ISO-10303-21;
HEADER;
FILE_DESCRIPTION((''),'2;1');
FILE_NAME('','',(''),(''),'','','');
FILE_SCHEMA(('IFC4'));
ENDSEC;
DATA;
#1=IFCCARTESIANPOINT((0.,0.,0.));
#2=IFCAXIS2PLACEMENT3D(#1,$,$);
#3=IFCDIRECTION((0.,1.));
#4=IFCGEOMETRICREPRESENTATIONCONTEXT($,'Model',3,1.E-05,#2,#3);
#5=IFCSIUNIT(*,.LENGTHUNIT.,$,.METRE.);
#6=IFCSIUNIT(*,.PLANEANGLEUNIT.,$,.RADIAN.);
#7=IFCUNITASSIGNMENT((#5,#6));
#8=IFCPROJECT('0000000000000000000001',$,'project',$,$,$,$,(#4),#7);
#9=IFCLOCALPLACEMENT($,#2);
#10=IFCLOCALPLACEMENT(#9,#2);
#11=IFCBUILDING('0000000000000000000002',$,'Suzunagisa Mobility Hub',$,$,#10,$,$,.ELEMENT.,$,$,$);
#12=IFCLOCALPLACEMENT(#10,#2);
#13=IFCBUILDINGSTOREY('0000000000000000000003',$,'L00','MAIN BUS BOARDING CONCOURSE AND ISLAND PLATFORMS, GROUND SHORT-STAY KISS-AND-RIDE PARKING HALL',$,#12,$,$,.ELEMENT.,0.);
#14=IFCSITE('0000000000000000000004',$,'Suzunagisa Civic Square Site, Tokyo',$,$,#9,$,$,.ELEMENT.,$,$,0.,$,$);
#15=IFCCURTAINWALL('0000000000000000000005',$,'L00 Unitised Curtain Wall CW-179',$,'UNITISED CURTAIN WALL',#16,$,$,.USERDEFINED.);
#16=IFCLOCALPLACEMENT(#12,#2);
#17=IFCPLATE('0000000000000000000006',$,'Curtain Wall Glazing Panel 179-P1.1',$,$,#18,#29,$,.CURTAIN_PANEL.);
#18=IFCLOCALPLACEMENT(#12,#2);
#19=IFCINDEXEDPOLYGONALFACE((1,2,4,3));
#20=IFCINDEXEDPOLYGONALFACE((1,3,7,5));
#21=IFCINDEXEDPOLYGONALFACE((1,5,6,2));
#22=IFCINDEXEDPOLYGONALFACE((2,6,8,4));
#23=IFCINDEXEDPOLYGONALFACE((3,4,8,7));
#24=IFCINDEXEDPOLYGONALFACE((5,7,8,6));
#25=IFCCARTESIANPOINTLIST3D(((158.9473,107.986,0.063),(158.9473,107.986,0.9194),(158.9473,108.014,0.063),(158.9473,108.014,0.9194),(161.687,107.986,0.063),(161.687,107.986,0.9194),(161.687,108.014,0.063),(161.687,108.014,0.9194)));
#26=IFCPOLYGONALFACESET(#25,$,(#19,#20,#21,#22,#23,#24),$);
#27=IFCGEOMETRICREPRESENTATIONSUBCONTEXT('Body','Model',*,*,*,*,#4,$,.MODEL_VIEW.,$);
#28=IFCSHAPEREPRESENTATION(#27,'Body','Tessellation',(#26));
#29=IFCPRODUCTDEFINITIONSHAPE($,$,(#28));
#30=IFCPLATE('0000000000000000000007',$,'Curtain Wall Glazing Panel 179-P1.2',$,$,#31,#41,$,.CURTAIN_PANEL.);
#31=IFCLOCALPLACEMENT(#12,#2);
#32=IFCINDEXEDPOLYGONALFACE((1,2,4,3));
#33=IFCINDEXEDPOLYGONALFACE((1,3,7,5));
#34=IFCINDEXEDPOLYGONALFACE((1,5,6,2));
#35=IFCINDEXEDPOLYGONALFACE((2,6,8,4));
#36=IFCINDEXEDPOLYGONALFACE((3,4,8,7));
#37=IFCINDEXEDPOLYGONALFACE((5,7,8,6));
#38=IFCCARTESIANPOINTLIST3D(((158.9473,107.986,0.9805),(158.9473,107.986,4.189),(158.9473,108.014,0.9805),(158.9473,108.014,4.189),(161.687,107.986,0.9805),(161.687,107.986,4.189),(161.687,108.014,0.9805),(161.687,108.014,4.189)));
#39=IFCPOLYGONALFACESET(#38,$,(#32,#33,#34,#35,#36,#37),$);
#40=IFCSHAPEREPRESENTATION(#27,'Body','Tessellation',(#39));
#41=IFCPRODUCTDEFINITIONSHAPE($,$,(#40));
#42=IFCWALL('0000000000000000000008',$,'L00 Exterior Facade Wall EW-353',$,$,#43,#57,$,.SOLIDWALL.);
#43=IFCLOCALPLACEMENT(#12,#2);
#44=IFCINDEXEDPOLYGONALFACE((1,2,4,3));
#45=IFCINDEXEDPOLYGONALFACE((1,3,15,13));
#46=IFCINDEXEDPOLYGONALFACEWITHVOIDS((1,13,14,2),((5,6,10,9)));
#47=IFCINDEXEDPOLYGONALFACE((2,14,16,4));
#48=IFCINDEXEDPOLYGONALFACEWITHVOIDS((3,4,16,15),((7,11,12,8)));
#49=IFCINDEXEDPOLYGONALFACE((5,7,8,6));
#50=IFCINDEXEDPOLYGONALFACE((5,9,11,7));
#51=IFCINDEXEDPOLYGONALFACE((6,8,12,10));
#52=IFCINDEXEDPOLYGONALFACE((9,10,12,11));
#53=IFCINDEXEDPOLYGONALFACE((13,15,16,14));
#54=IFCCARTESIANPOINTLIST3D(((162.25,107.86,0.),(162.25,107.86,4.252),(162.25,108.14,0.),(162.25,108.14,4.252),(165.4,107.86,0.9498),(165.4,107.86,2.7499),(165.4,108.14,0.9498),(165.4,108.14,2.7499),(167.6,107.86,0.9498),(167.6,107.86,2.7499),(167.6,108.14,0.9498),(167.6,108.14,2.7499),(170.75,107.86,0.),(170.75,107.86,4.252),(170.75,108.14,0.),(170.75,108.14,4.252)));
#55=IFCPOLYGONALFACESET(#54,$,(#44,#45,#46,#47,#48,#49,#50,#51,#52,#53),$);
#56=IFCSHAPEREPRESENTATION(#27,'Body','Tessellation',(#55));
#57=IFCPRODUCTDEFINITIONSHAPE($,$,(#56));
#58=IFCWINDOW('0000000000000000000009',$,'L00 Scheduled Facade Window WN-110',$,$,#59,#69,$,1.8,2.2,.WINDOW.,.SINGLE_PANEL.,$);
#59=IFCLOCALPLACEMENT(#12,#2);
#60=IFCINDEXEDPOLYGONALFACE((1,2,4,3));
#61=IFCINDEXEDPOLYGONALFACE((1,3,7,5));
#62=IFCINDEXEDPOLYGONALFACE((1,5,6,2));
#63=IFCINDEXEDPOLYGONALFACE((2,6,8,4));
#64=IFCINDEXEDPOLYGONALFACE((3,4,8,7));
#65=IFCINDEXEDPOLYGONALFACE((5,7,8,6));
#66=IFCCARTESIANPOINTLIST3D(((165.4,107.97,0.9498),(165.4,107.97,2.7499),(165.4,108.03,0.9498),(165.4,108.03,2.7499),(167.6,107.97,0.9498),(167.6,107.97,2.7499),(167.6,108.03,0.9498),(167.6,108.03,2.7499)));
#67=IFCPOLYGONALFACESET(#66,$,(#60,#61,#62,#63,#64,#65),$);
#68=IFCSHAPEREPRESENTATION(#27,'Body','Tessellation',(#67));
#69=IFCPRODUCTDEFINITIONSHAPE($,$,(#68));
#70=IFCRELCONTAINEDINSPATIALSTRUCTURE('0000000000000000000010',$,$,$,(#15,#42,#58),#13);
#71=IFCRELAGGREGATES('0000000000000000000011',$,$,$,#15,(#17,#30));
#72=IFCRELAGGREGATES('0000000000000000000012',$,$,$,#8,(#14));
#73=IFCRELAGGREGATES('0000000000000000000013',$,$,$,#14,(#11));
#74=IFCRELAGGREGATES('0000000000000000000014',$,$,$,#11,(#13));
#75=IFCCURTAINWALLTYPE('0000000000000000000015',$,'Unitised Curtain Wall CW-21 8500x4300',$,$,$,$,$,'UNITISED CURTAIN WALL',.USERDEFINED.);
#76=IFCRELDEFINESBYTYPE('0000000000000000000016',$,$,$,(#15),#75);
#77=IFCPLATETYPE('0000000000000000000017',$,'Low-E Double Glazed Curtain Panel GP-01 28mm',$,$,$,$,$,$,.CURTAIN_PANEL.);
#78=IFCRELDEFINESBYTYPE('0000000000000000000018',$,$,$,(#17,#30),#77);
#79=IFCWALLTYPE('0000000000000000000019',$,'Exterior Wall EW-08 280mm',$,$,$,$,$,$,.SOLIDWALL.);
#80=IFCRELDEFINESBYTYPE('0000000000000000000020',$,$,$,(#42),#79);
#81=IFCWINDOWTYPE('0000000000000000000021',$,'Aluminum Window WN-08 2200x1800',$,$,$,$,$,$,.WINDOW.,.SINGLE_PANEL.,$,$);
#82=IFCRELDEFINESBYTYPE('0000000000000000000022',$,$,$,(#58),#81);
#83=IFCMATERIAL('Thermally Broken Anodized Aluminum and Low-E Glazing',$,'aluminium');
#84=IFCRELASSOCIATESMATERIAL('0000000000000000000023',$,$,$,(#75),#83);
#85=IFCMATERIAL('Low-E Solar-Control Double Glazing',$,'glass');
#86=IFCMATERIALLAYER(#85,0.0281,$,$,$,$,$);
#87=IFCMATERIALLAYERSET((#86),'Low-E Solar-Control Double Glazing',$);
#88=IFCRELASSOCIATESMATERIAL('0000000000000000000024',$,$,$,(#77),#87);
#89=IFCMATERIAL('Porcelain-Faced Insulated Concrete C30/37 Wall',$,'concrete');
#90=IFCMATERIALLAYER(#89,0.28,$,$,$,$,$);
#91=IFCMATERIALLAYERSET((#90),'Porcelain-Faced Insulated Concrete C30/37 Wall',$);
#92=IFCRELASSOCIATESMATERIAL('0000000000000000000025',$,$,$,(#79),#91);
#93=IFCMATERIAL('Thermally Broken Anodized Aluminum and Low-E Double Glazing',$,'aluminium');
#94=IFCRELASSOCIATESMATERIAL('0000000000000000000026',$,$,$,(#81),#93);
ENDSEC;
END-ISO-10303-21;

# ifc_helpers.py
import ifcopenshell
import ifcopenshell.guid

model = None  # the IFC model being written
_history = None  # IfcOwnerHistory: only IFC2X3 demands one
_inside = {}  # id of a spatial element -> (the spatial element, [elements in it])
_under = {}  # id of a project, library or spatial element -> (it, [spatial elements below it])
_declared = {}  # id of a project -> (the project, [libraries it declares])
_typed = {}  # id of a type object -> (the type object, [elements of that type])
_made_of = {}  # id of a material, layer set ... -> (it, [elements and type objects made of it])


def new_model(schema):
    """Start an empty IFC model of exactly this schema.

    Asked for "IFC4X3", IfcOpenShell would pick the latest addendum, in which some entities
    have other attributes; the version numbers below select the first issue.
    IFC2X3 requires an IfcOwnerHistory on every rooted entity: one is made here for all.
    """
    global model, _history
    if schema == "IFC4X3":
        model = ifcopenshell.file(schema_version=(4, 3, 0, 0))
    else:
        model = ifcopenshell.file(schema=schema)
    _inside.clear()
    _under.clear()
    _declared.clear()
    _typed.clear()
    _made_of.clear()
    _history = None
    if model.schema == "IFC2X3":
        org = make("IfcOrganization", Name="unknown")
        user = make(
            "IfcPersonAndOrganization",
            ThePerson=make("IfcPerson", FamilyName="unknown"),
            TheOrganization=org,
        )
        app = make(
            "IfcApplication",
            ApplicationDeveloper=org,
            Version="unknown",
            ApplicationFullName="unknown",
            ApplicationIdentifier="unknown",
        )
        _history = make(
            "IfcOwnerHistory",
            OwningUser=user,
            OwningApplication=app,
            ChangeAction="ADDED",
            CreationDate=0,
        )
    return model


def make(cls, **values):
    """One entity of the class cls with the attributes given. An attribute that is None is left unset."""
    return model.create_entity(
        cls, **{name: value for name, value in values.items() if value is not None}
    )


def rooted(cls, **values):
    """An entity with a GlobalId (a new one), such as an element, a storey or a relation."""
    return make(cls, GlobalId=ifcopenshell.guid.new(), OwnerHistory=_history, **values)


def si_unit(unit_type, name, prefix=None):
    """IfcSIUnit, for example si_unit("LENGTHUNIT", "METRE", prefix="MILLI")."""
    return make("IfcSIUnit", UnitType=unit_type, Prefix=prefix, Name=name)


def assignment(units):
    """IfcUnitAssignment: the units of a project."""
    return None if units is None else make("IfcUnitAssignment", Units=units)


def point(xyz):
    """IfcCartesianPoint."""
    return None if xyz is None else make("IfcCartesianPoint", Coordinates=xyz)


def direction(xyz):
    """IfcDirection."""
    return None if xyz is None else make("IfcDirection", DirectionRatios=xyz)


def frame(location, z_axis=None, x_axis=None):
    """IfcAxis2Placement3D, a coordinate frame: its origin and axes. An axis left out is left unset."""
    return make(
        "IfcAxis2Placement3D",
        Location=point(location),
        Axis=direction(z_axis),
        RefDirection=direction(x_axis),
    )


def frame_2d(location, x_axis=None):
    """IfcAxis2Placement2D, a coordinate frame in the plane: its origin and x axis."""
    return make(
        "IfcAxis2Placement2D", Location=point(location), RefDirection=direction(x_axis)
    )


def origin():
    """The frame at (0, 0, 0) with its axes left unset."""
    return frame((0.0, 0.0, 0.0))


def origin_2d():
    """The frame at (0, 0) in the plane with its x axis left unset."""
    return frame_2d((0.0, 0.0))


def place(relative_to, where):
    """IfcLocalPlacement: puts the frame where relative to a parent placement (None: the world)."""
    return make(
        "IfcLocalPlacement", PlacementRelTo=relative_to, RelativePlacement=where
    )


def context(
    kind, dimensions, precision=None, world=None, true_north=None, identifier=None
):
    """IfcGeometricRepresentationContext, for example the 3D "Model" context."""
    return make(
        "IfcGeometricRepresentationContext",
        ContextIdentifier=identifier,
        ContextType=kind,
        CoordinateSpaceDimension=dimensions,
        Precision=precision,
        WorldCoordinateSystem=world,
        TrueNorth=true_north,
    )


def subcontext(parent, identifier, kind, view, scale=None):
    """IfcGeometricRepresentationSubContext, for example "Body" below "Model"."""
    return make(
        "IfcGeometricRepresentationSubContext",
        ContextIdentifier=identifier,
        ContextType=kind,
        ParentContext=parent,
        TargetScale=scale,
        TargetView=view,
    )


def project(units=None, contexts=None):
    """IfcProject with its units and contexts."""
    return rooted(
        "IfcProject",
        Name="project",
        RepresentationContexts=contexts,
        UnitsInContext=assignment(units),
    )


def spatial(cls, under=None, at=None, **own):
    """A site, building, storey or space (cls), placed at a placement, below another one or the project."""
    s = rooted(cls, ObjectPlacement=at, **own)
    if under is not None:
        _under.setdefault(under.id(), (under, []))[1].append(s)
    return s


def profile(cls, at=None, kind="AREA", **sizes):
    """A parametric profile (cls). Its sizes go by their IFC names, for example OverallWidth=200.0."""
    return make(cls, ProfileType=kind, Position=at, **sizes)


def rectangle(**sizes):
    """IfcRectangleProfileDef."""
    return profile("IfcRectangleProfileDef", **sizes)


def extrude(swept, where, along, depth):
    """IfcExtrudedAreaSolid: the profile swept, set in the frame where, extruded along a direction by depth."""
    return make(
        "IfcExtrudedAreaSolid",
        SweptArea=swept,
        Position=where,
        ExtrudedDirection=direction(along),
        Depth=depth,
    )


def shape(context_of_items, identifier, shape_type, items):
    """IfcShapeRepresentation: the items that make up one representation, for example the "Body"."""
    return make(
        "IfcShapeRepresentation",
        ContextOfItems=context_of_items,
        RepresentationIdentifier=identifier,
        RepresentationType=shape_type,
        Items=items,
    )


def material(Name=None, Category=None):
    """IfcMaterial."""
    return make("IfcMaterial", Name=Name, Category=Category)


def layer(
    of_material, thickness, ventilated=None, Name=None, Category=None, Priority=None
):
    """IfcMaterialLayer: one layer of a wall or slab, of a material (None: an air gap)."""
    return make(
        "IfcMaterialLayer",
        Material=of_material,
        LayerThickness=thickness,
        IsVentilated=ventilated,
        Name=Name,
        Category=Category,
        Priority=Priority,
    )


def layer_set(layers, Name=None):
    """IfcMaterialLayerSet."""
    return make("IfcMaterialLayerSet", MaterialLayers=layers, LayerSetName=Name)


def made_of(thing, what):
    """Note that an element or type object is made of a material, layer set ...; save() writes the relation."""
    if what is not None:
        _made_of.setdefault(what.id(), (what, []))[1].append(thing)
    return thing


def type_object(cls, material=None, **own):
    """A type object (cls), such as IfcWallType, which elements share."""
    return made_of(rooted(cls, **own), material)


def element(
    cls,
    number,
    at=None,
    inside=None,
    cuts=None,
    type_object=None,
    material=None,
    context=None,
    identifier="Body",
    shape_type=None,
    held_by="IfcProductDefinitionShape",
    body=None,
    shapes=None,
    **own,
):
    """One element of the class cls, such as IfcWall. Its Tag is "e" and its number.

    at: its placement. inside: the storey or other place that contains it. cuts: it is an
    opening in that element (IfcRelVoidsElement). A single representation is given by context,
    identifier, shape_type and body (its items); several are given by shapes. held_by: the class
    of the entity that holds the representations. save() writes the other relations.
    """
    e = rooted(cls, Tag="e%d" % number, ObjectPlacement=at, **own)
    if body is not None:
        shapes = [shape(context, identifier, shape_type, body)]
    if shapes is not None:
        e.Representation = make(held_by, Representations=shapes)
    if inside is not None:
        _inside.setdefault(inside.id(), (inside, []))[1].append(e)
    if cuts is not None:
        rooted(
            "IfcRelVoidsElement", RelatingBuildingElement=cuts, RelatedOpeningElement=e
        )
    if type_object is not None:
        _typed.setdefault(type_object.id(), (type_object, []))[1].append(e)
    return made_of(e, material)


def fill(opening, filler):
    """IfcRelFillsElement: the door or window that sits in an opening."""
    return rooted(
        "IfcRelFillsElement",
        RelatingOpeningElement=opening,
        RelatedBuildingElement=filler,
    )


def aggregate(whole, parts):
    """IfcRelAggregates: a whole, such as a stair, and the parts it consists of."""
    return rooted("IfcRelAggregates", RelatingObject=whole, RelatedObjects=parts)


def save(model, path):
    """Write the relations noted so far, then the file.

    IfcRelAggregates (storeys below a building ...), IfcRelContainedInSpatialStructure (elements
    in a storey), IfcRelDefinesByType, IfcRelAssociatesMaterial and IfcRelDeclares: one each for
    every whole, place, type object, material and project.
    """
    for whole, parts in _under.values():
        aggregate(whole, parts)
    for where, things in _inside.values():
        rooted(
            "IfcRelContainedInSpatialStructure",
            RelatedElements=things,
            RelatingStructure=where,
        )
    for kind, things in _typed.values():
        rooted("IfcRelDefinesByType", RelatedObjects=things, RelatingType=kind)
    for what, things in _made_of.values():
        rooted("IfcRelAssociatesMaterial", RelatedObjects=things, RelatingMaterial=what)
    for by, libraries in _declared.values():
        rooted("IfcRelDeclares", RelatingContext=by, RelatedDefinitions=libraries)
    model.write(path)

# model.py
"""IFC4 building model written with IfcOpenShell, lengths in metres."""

from ifc_helpers import new_model, si_unit, direction, frame, frame_2d, origin, origin_2d, place, context, subcontext, project, spatial, rectangle, extrude, material, layer, layer_set, type_object, element, fill, aggregate, save


model = new_model("IFC4")

# Units and contexts
model_context = context("Model", 3, precision=1e-05, world=origin(), true_north=direction((0.0, 1.0)))
body_context = subcontext(model_context, "Body", "Model", "MODEL_VIEW")
ifc_project = project(units=[si_unit("LENGTHUNIT", "METRE"), si_unit("PLANEANGLEUNIT", "RADIAN")], contexts=[model_context])

# Site, building, storey
site_placement = place(None, origin())
site = spatial("IfcSite", under=ifc_project, at=site_placement, Name="Suzunagisa Civic Square Site, Tokyo", CompositionType="ELEMENT", RefElevation=0.0)
building_placement = place(site_placement, origin())
building = spatial("IfcBuilding", under=site, at=building_placement, Name="Suzunagisa Mobility Hub", CompositionType="ELEMENT")
storey_placement = place(building_placement, origin())
storey = spatial("IfcBuildingStorey", under=building, at=storey_placement, Name="L00", Description="MAIN BUS BOARDING CONCOURSE AND ISLAND PLATFORMS, GROUND SHORT-STAY KISS-AND-RIDE PARKING HALL", CompositionType="ELEMENT", Elevation=0.0)

# Curtain wall
ifc_material_1 = material(Name="Thermally Broken Anodized Aluminum and Low-E Glazing", Category="aluminium")
curtain_wall_type_1 = type_object("IfcCurtainWallType", Name="Unitised Curtain Wall CW-21 8500x4300", ElementType="UNITISED CURTAIN WALL", PredefinedType="USERDEFINED", material=ifc_material_1)
curtain_wall_1_placement = place(storey_placement, origin())
curtain_wall_1 = element("IfcCurtainWall", 1, at=curtain_wall_1_placement, inside=storey, type_object=curtain_wall_type_1, Name="L00 Unitised Curtain Wall CW-179", ObjectType="UNITISED CURTAIN WALL", PredefinedType="USERDEFINED")

# Plates
ifc_material_2 = material(Name="Low-E Solar-Control Double Glazing", Category="glass")
ifc_layer_1 = layer(ifc_material_2, 0.0281)
ifc_layer_set_1 = layer_set([ifc_layer_1], Name="Low-E Solar-Control Double Glazing")
plate_type = type_object("IfcPlateType", Name="Low-E Double Glazed Curtain Panel GP-01 28mm", PredefinedType="CURTAIN_PANEL", material=ifc_layer_set_1)
plate_1_placement = place(storey_placement, frame((160.3171, 108.0, 0.063), z_axis=(0.0, 0.0, 1.0), x_axis=(-1.0, 0.0, 0.0)))
plate_1 = element("IfcPlate", 2, at=plate_1_placement, type_object=plate_type, Name="Curtain Wall Glazing Panel 179-P1.1", PredefinedType="CURTAIN_PANEL", context=body_context, shape_type="SweptSolid", body=[
    extrude(rectangle(XDim=2.7397, YDim=0.0281, at=origin_2d()), origin(), (0.0, 0.0, 1.0), 0.8564),
])
plate_2_placement = place(storey_placement, frame((160.3171, 108.0, 0.9805), z_axis=(0.0, 0.0, 1.0), x_axis=(-1.0, 0.0, 0.0)))
plate_2 = element("IfcPlate", 3, at=plate_2_placement, type_object=plate_type, Name="Curtain Wall Glazing Panel 179-P1.2", PredefinedType="CURTAIN_PANEL", context=body_context, shape_type="SweptSolid", body=[
    extrude(rectangle(XDim=2.7397, YDim=0.0281, at=origin_2d()), origin(), (0.0, 0.0, 1.0), 3.2085),
])
aggregate(curtain_wall_1, [plate_1, plate_2])

# Wall, opening, window
ifc_material_3 = material(Name="Porcelain-Faced Insulated Concrete C30/37 Wall", Category="concrete")
ifc_layer_2 = layer(ifc_material_3, 0.28)
ifc_layer_set_2 = layer_set([ifc_layer_2], Name="Porcelain-Faced Insulated Concrete C30/37 Wall")
wall_type = type_object("IfcWallType", Name="Exterior Wall EW-08 280mm", PredefinedType="SOLIDWALL", material=ifc_layer_set_2)
wall_placement = place(storey_placement, frame((170.75, 108.0, 0.0), z_axis=(0.0, 0.0, 1.0), x_axis=(-1.0, 0.0, 0.0)))
wall = element("IfcWall", 4, at=wall_placement, inside=storey, type_object=wall_type, Name="L00 Exterior Facade Wall EW-353", PredefinedType="SOLIDWALL", context=body_context, shape_type="SweptSolid", body=[
    extrude(rectangle(XDim=8.5, YDim=0.28, at=frame_2d((4.25, 0.0))), origin(), (0.0, 0.0, 1.0), 4.252),
])
opening_placement = place(wall_placement, frame((3.1499, 0.0, 0.95)))
opening = element("IfcOpeningElement", 5, at=opening_placement, cuts=wall, PredefinedType="OPENING", context=body_context, shape_type="SweptSolid", body=[
    extrude(rectangle(XDim=2.2, YDim=1.8, at=frame_2d((1.1001, 0.8999))), frame((0.0, 0.1509, 0.0), z_axis=(0.0, -1.0, 0.0), x_axis=(1.0, 0.0, 0.0)), (0.0, 0.0, 1.0), 0.302),
])
ifc_material_4 = material(Name="Thermally Broken Anodized Aluminum and Low-E Double Glazing", Category="aluminium")
window_type = type_object("IfcWindowType", Name="Aluminum Window WN-08 2200x1800", PartitioningType="SINGLE_PANEL", PredefinedType="WINDOW", material=ifc_material_4)
window_placement = place(opening_placement, origin())
window = element("IfcWindow", 6, at=window_placement, inside=storey, type_object=window_type, Name="L00 Scheduled Facade Window WN-110", OverallHeight=1.8, OverallWidth=2.2, PartitioningType="SINGLE_PANEL", PredefinedType="WINDOW", context=body_context, shape_type="SweptSolid", body=[
    extrude(rectangle(XDim=2.2, YDim=1.8, at=frame_2d((1.1001, 0.8999))), frame((0.0, 0.03, 0.0), z_axis=(0.0, -1.0, 0.0), x_axis=(1.0, 0.0, 0.0)), (0.0, 0.0, 1.0), 0.0601),
])
fill(opening, window)

save(model, "model.ifc")
